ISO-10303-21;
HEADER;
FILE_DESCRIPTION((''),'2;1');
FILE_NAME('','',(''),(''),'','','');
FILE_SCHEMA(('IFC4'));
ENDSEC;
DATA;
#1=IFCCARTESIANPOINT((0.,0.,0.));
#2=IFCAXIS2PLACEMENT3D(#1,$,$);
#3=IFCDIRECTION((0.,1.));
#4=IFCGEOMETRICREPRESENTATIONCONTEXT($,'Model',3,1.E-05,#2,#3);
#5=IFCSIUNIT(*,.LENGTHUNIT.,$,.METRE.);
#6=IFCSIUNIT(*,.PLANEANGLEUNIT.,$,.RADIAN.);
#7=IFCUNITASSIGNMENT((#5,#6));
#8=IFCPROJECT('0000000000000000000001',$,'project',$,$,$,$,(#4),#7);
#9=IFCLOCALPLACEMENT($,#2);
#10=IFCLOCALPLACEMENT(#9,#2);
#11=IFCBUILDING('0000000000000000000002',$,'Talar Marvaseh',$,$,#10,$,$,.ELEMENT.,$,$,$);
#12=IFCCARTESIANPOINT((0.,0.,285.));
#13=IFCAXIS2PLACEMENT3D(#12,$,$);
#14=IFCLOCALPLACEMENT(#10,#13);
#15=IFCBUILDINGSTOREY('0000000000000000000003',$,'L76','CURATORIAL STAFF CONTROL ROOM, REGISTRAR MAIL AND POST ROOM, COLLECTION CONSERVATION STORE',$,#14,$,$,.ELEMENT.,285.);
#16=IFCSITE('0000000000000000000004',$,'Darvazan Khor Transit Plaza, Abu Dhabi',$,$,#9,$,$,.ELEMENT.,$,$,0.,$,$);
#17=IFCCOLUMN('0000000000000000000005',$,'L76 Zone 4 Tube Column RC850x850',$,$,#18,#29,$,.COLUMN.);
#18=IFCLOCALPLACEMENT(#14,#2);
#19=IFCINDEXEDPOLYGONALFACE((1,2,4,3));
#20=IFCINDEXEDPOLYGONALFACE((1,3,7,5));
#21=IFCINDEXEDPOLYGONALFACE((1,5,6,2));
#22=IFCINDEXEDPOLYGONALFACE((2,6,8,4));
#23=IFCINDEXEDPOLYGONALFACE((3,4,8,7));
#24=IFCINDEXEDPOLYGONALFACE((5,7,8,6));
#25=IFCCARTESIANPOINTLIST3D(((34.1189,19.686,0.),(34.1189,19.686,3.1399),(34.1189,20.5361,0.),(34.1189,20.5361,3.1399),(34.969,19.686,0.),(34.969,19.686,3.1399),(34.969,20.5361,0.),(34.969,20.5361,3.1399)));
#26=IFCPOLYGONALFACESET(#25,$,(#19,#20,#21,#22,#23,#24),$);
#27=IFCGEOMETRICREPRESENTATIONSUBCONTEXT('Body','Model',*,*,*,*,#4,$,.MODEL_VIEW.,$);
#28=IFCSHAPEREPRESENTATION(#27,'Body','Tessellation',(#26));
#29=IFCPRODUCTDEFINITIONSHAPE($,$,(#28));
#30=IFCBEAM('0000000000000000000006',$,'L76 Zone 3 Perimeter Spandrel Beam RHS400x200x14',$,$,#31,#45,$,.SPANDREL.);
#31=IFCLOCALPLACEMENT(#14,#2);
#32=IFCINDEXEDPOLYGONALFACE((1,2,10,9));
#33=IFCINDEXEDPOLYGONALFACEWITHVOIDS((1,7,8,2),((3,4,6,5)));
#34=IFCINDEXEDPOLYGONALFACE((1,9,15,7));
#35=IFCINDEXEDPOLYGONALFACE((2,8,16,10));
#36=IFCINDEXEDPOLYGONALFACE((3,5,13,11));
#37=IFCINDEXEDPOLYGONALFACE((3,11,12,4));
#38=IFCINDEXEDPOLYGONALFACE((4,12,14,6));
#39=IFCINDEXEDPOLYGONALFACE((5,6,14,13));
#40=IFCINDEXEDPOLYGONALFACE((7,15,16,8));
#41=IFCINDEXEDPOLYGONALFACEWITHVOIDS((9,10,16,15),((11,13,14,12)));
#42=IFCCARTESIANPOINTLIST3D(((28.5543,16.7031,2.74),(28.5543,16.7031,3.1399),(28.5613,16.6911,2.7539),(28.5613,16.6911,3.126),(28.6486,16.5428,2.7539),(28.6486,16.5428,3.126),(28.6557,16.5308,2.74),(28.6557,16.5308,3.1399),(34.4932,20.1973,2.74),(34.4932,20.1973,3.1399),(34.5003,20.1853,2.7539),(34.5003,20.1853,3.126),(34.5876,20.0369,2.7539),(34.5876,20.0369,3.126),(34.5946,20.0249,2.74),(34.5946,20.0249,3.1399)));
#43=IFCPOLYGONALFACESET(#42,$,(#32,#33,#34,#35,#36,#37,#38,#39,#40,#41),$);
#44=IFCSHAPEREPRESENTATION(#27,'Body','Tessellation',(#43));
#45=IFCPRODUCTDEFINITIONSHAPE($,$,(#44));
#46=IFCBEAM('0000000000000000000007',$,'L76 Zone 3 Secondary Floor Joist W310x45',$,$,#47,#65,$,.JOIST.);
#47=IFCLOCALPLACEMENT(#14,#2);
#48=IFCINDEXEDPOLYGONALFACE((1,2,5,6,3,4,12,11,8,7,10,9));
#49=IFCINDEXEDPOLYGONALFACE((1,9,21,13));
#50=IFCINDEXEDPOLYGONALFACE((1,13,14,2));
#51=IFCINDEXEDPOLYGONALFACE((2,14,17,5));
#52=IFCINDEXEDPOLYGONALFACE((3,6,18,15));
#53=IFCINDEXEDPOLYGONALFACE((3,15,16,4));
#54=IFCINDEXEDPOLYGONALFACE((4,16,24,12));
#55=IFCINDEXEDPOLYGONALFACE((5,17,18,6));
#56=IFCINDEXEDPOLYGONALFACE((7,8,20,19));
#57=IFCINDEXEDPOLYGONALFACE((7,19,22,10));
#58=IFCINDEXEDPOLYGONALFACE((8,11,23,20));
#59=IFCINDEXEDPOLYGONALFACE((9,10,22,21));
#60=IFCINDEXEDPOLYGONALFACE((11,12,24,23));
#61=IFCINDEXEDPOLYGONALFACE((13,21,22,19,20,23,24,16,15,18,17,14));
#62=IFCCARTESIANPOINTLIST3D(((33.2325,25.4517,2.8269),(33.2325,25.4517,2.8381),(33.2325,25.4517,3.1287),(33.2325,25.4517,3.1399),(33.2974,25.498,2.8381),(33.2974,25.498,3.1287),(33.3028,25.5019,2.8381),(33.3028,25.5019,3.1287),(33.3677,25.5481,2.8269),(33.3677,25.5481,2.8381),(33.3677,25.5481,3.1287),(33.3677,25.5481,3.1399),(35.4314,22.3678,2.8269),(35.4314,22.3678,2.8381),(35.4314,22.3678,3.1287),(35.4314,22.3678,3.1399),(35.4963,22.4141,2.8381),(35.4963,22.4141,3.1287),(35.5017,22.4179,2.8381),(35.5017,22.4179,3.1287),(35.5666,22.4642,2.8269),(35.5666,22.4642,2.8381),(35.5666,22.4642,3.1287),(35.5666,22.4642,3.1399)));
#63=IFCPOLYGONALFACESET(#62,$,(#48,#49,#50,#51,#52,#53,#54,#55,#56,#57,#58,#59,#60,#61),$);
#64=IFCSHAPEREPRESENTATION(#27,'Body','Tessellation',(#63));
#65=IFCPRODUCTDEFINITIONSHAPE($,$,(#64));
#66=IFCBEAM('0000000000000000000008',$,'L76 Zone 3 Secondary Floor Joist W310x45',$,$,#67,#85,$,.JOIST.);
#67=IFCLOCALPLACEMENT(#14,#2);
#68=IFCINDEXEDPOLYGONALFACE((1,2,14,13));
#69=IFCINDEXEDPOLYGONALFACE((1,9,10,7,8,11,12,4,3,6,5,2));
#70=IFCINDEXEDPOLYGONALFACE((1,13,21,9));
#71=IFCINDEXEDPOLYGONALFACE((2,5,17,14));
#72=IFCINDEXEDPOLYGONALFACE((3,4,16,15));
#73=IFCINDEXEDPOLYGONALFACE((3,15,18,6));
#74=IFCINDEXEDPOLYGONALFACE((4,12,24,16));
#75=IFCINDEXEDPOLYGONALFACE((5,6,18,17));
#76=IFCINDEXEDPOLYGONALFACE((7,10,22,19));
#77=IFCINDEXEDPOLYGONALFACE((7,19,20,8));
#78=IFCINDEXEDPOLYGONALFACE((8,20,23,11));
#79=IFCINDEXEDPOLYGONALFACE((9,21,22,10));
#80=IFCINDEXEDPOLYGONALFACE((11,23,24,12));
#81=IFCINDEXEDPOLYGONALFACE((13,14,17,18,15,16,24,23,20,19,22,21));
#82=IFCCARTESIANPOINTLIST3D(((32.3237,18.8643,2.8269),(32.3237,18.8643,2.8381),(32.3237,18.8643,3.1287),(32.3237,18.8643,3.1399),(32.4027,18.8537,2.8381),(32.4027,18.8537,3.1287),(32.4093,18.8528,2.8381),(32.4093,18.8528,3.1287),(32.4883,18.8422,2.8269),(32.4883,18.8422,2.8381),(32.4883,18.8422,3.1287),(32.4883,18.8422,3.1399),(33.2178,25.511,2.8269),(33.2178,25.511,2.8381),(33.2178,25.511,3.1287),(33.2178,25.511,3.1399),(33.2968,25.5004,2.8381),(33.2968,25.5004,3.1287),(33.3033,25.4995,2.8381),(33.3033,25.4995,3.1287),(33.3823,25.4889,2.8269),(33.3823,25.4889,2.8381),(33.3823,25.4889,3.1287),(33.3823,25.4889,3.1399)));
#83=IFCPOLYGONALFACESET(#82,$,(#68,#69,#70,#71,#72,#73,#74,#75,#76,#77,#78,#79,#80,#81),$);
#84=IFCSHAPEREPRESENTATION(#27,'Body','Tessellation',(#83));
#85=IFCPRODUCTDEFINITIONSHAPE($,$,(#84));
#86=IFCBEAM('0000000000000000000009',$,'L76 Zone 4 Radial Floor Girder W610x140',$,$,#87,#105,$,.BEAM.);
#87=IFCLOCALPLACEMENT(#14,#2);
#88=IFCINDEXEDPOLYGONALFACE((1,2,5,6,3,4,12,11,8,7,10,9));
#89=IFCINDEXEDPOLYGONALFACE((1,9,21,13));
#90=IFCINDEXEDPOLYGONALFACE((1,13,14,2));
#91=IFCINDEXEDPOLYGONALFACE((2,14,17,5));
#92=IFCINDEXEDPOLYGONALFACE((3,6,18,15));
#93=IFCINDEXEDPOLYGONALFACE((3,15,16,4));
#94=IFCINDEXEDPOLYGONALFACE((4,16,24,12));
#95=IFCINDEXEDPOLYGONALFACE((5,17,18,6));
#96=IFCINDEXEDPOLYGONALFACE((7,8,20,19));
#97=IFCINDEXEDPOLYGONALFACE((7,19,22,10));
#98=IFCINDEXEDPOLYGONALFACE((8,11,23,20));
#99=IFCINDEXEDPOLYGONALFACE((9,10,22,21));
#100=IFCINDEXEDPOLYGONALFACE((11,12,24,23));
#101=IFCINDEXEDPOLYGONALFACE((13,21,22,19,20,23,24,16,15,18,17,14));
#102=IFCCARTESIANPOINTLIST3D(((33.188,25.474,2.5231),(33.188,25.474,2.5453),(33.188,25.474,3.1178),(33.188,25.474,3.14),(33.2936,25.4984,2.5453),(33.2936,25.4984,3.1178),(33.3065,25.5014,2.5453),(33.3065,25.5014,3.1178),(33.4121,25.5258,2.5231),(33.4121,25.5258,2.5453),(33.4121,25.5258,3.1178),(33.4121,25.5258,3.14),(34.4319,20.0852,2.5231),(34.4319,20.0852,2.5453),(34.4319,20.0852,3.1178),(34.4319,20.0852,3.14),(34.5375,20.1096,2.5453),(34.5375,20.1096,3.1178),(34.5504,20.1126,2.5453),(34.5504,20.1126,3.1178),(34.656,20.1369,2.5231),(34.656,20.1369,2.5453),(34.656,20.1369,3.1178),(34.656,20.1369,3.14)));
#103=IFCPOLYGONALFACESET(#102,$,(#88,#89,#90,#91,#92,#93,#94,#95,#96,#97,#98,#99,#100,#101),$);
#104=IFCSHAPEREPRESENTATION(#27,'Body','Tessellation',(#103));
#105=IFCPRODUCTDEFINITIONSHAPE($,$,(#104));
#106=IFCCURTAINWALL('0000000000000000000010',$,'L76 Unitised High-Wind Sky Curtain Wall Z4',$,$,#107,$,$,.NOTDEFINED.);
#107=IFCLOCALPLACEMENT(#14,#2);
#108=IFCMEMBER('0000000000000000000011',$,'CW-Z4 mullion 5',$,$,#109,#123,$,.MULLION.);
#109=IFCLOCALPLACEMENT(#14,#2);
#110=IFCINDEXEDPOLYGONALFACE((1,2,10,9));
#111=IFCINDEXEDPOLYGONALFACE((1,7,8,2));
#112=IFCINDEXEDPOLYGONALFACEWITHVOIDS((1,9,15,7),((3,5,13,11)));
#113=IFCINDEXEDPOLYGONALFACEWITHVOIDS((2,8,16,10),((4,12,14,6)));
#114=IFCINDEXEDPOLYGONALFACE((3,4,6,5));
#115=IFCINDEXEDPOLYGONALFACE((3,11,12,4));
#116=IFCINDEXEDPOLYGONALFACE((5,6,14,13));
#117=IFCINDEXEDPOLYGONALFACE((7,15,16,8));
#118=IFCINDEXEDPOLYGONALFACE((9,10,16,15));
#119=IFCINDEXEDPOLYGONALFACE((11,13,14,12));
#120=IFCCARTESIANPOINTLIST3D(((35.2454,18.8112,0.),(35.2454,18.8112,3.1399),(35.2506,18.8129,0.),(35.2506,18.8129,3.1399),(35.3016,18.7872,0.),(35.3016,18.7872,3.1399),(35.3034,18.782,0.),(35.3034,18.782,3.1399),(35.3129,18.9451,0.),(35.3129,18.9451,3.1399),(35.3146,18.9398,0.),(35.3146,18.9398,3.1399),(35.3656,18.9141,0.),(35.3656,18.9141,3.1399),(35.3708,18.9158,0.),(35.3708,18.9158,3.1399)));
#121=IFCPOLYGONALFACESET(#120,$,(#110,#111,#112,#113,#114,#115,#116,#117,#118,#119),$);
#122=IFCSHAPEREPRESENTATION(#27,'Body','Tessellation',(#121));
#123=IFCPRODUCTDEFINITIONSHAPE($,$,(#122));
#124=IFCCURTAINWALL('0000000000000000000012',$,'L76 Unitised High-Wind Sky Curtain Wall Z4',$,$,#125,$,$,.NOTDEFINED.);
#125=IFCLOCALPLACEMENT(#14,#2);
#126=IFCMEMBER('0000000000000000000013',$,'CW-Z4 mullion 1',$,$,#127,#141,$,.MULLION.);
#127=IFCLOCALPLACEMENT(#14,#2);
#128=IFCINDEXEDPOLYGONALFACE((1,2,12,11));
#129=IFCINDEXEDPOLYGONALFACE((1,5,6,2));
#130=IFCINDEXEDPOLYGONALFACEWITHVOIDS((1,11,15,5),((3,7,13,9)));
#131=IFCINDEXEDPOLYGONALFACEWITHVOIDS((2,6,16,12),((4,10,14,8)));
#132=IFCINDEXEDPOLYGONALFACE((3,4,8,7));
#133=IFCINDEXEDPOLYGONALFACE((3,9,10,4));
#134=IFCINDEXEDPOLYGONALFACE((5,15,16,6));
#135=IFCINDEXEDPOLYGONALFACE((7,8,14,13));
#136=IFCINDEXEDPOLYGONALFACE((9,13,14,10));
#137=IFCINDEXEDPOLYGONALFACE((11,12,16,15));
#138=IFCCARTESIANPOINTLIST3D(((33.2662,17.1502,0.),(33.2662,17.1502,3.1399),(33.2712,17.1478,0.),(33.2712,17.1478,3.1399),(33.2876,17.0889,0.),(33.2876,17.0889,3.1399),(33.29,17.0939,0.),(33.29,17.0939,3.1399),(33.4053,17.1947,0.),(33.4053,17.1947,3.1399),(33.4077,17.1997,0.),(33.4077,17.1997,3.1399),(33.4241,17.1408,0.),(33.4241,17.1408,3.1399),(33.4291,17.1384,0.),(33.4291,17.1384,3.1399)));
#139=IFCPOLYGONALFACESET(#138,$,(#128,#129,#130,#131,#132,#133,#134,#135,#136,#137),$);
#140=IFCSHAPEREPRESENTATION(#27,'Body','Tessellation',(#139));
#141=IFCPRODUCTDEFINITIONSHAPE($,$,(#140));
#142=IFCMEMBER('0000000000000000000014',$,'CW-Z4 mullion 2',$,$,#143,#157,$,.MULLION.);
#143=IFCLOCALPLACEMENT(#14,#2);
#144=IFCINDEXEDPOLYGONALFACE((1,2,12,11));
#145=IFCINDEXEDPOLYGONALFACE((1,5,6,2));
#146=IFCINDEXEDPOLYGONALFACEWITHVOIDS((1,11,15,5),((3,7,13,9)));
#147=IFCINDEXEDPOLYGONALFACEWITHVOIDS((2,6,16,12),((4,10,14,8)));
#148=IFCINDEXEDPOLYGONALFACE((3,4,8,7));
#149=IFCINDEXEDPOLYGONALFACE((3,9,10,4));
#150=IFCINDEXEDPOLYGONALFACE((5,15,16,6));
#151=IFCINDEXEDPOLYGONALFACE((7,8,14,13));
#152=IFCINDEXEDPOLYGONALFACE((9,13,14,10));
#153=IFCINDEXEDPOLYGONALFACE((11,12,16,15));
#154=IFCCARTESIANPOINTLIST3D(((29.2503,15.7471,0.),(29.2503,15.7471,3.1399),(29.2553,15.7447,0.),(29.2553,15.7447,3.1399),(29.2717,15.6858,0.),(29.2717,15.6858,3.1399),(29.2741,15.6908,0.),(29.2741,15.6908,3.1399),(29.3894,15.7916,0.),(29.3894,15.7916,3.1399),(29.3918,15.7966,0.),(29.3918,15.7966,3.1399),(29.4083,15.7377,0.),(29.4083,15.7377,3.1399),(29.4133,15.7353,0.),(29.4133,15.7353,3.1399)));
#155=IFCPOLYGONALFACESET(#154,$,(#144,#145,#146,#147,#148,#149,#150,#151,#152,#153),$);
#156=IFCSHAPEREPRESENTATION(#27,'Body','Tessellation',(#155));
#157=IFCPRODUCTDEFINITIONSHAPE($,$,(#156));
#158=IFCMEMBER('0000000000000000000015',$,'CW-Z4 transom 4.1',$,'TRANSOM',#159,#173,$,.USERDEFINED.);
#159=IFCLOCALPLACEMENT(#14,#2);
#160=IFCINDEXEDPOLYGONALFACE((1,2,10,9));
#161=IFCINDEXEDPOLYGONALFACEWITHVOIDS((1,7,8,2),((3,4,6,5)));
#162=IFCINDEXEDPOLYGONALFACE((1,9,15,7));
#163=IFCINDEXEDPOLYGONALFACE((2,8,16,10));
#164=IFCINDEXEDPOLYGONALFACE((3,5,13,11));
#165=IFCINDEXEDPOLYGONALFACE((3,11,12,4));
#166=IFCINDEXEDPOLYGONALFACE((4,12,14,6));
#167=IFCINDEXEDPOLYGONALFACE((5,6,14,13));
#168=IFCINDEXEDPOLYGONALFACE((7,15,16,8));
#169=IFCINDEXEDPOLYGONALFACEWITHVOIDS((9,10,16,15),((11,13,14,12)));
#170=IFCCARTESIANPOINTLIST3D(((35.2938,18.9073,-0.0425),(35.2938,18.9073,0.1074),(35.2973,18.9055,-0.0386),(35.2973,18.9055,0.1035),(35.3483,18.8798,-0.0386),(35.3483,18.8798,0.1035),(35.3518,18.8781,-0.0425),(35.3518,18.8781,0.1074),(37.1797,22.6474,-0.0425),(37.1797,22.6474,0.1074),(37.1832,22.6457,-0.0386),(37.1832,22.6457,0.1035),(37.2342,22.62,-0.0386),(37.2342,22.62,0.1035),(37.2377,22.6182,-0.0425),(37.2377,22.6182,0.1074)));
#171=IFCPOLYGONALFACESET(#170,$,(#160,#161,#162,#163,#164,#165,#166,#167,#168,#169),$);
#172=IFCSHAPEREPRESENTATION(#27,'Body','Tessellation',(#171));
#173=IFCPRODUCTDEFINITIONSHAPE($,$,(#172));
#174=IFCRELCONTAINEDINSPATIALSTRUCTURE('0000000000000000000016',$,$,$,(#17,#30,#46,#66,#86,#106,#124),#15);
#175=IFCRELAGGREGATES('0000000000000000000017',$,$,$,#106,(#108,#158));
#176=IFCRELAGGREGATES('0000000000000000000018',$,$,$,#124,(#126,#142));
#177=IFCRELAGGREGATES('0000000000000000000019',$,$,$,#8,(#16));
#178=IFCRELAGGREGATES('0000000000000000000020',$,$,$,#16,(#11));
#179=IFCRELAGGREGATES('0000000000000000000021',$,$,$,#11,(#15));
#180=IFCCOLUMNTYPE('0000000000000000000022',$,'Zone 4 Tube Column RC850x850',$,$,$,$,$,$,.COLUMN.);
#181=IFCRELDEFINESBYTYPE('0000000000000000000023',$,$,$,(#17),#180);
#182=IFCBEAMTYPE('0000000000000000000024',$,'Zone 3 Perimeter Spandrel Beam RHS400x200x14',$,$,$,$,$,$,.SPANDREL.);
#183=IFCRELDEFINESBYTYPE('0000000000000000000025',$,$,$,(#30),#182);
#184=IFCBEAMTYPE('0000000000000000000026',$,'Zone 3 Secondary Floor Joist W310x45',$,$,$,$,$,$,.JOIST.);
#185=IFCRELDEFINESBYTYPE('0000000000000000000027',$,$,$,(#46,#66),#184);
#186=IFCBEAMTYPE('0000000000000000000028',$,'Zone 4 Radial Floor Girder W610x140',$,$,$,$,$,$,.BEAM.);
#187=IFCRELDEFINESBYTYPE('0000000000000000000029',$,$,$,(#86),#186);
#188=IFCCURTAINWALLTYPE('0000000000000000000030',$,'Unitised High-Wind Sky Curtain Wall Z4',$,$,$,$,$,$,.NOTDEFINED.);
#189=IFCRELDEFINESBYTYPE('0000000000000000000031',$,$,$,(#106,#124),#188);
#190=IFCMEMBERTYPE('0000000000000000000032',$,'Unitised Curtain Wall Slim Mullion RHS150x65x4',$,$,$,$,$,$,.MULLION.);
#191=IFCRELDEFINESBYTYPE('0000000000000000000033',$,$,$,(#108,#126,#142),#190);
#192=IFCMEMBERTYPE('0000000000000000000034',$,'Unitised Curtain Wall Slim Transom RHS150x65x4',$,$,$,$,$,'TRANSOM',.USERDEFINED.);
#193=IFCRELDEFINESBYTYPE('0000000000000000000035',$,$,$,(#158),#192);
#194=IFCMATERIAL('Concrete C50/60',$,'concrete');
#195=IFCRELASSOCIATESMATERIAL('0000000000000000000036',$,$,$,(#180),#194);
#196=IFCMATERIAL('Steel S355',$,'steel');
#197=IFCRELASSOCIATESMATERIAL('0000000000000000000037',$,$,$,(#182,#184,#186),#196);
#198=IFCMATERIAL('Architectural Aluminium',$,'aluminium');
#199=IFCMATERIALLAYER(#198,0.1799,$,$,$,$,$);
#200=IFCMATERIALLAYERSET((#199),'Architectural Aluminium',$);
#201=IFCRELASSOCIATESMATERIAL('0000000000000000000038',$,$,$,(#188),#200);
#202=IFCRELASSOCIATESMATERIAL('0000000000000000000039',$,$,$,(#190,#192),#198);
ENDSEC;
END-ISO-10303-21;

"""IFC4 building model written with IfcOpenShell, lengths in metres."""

from ifc_helpers import new_model, si_unit, direction, frame, origin, origin_2d, place, context, subcontext, project, spatial, rectangle, hollow_rectangle, i_section, extrude, source, transform, mapped, material, layer, layer_set, material_profile, profile_set, type_object, type_shapes, element, aggregate, save


model = new_model("IFC4")

# Units and contexts
model_context = context("Model", 3, precision=1e-05, world=origin(), true_north=direction((0.0, 1.0)))
body_context = subcontext(model_context, "Body", "Model", "MODEL_VIEW")
ifc_project = project(units=[si_unit("LENGTHUNIT", "METRE"), si_unit("PLANEANGLEUNIT", "RADIAN")], contexts=[model_context])

# Site, building, storey
site_placement = place(None, origin())
site = spatial("IfcSite", under=ifc_project, at=site_placement, Name="Darvazan Khor Transit Plaza, Abu Dhabi", CompositionType="ELEMENT", RefElevation=0.0)
building_placement = place(site_placement, origin())
building = spatial("IfcBuilding", under=site, at=building_placement, Name="Talar Marvaseh", CompositionType="ELEMENT")
storey_placement = place(building_placement, frame((0.0, 0.0, 285.0)))
storey = spatial("IfcBuildingStorey", under=building, at=storey_placement, Name="L76", Description="CURATORIAL STAFF CONTROL ROOM, REGISTRAR MAIL AND POST ROOM, COLLECTION CONSERVATION STORE", CompositionType="ELEMENT", Elevation=285.0)

# Column
ifc_material_1 = material(Name="Concrete C50/60", Category="concrete")
ifc_material_profile_1 = material_profile(ifc_material_1, rectangle(XDim=0.8501, YDim=0.8501, at=origin_2d()), Name="RC850x850")
ifc_profile_set_1 = profile_set([ifc_material_profile_1], Name="Concrete C50/60")
column_type = type_object("IfcColumnType", Name="Zone 4 Tube Column RC850x850", PredefinedType="COLUMN", material=ifc_profile_set_1)
column_placement = place(storey_placement, frame((34.5439, 20.1111, 0.0), z_axis=(0.0, 0.0, 1.0), x_axis=(1.0, 0.0, 0.0)))
element("IfcColumn", 1, at=column_placement, inside=storey, type_object=column_type, Name="L76 Zone 4 Tube Column RC850x850", PredefinedType="COLUMN", context=body_context, shape_type="SweptSolid", body=[
    extrude(rectangle(XDim=0.8501, YDim=0.8501, at=origin_2d()), origin(), (0.0, 0.0, 1.0), 3.1399),
])

# Beams
ifc_material_2 = material(Name="Steel S355", Category="steel")
ifc_material_profile_2 = material_profile(ifc_material_2, hollow_rectangle(XDim=0.2, YDim=0.3999, WallThickness=0.0139, at=origin_2d()), Name="RHS400x200x14")
ifc_profile_set_2 = profile_set([ifc_material_profile_2], Name="Steel S355")
beam_type_1 = type_object("IfcBeamType", Name="Zone 3 Perimeter Spandrel Beam RHS400x200x14", PredefinedType="SPANDREL", material=ifc_profile_set_2)
beam_1_placement = place(storey_placement, frame((34.5439, 20.1111, 2.9399), z_axis=(-0.861894, -0.507088, 0.0), x_axis=(0.507088, -0.861894, 0.0)))
element("IfcBeam", 2, at=beam_1_placement, inside=storey, type_object=beam_type_1, Name="L76 Zone 3 Perimeter Spandrel Beam RHS400x200x14", PredefinedType="SPANDREL", context=body_context, shape_type="SweptSolid", body=[
    extrude(hollow_rectangle(XDim=0.2, YDim=0.3999, WallThickness=0.0139, at=origin_2d()), origin(), (0.0, 0.0, 1.0), 6.8906),
])
ifc_material_profile_3 = material_profile(ifc_material_2, i_section(OverallWidth=0.166, OverallDepth=0.313, WebThickness=0.0066, FlangeThickness=0.0112, at=origin_2d()), Name="W310x45")
ifc_profile_set_3 = profile_set([ifc_material_profile_3], Name="Steel S355")
beam_type_2 = type_object("IfcBeamType", Name="Zone 3 Secondary Floor Joist W310x45", PredefinedType="JOIST", material=ifc_profile_set_3)
beam_2_placement = place(storey_placement, frame((35.499, 22.416, 2.9834), z_axis=(-0.580561, 0.814217, 0.0), x_axis=(-0.814217, -0.580561, 0.0)))
element("IfcBeam", 3, at=beam_2_placement, inside=storey, type_object=beam_type_2, Name="L76 Zone 3 Secondary Floor Joist W310x45", PredefinedType="JOIST", context=body_context, shape_type="SweptSolid", body=[
    extrude(i_section(OverallWidth=0.166, OverallDepth=0.313, WebThickness=0.0066, FlangeThickness=0.0112, at=origin_2d()), origin(), (0.0, 0.0, 1.0), 3.7876),
])
beam_3_placement = place(storey_placement, frame((32.406, 18.8533, 2.9834), z_axis=(0.133308, 0.991075, 0.0), x_axis=(-0.991075, 0.133308, 0.0)))
element("IfcBeam", 4, at=beam_3_placement, inside=storey, type_object=beam_type_2, Name="L76 Zone 3 Secondary Floor Joist W310x45", PredefinedType="JOIST", context=body_context, shape_type="SweptSolid", body=[
    extrude(i_section(OverallWidth=0.166, OverallDepth=0.313, WebThickness=0.0066, FlangeThickness=0.0112, at=origin_2d()), origin(), (0.0, 0.0, 1.0), 6.7065),
])
ifc_material_profile_4 = material_profile(ifc_material_2, i_section(OverallWidth=0.23, OverallDepth=0.6169, WebThickness=0.0132, FlangeThickness=0.0222, at=origin_2d()), Name="W610x140")
ifc_profile_set_4 = profile_set([ifc_material_profile_4], Name="Steel S355")
beam_type_3 = type_object("IfcBeamType", Name="Zone 4 Radial Floor Girder W610x140", PredefinedType="BEAM", material=ifc_profile_set_4)
beam_4_placement = place(storey_placement, frame((34.5439, 20.1111, 2.8315), z_axis=(-0.224911, 0.974379, 0.0), x_axis=(-0.974379, -0.224911, 0.0)))
element("IfcBeam", 5, at=beam_4_placement, inside=storey, type_object=beam_type_3, Name="L76 Zone 4 Radial Floor Girder W610x140", PredefinedType="BEAM", context=body_context, shape_type="SweptSolid", body=[
    extrude(i_section(OverallWidth=0.23, OverallDepth=0.6169, WebThickness=0.0132, FlangeThickness=0.0222, at=origin_2d()), origin(), (0.0, 0.0, 1.0), 5.5305),
])

# Curtain wall, member
ifc_material_3 = material(Name="Architectural Aluminium", Category="aluminium")
ifc_layer_1 = layer(ifc_material_3, 0.1799)
ifc_layer_set_1 = layer_set([ifc_layer_1], Name="Architectural Aluminium")
curtain_wall_type = type_object("IfcCurtainWallType", Name="Unitised High-Wind Sky Curtain Wall Z4", PredefinedType="NOTDEFINED", material=ifc_layer_set_1)
curtain_wall_1_placement = place(storey_placement, origin())
curtain_wall_1 = element("IfcCurtainWall", 6, at=curtain_wall_1_placement, inside=storey, type_object=curtain_wall_type, Name="L76 Unitised High-Wind Sky Curtain Wall Z4", PredefinedType="NOTDEFINED")
ifc_material_profile_5 = material_profile(ifc_material_3, hollow_rectangle(XDim=0.0649, YDim=0.1499, WallThickness=0.0039, at=origin_2d()), Name="RHS150x65x4")
ifc_profile_set_5 = profile_set([ifc_material_profile_5], Name="Architectural Aluminium")
member_type_1 = type_object("IfcMemberType", Name="Unitised Curtain Wall Slim Mullion RHS150x65x4", PredefinedType="MULLION", material=ifc_profile_set_5)
shared_shape_1 = source(origin(), body_context, "Body", "SweptSolid", [
    extrude(hollow_rectangle(XDim=0.0649, YDim=0.1499, WallThickness=0.0039, at=origin_2d()), origin(), (0.0, 0.0, 1.0), 3.1399),
])
type_shapes(member_type_1, [shared_shape_1])
member_1_placement = place(storey_placement, frame((35.3081, 18.8635, 0.0), z_axis=(0.0, 0.0, 1.0), x_axis=(0.892909, -0.450237, 0.0)))
member_1 = element("IfcMember", 7, at=member_1_placement, type_object=member_type_1, Name="CW-Z4 mullion 5", PredefinedType="MULLION", context=body_context, shape_type="MappedRepresentation", body=[
    mapped(shared_shape_1, transform((0.0, 0.0, 0.0), x_axis=(1.0, 0.0, 0.0), y_axis=(0.0, 1.0, 0.0), z_axis=(0.0, 0.0, 1.0), scale=1.0)),
])

# Curtain wall, members
curtain_wall_2_placement = place(storey_placement, origin())
curtain_wall_2 = element("IfcCurtainWall", 8, at=curtain_wall_2_placement, inside=storey, type_object=curtain_wall_type, Name="L76 Unitised High-Wind Sky Curtain Wall Z4", PredefinedType="NOTDEFINED")
member_2_placement = place(storey_placement, frame((33.3477, 17.1443, 0.0), z_axis=(0.0, 0.0, 1.0), x_axis=(0.329838, -0.944038, 0.0)))
member_2 = element("IfcMember", 9, at=member_2_placement, type_object=member_type_1, Name="CW-Z4 mullion 1", PredefinedType="MULLION", context=body_context, shape_type="MappedRepresentation", body=[
    mapped(shared_shape_1, transform((0.0, 0.0, 0.0), x_axis=(1.0, 0.0, 0.0), y_axis=(0.0, 1.0, 0.0), z_axis=(0.0, 0.0, 1.0), scale=1.0)),
])
member_3_placement = place(storey_placement, frame((29.3318, 15.7412, 0.0), z_axis=(0.0, 0.0, 1.0), x_axis=(0.329838, -0.944038, 0.0)))
member_3 = element("IfcMember", 10, at=member_3_placement, type_object=member_type_1, Name="CW-Z4 mullion 2", PredefinedType="MULLION", context=body_context, shape_type="MappedRepresentation", body=[
    mapped(shared_shape_1, transform((0.0, 0.0, 0.0), x_axis=(1.0, 0.0, 0.0), y_axis=(0.0, 1.0, 0.0), z_axis=(0.0, 0.0, 1.0), scale=1.0)),
])

# Member
ifc_material_profile_6 = material_profile(ifc_material_3, hollow_rectangle(XDim=0.0649, YDim=0.1499, WallThickness=0.0039, at=origin_2d()), Name="RHS150x65x4")
ifc_profile_set_6 = profile_set([ifc_material_profile_6], Name="Architectural Aluminium")
member_type_2 = type_object("IfcMemberType", Name="Unitised Curtain Wall Slim Transom RHS150x65x4", ElementType="TRANSOM", PredefinedType="USERDEFINED", material=ifc_profile_set_6)
shared_shape_2 = source(origin(), body_context, "Body", "SweptSolid", [
    extrude(hollow_rectangle(XDim=0.0649, YDim=0.1499, WallThickness=0.0039, at=origin_2d()), origin(), (0.0, 0.0, 1.0), 4.1887),
])
type_shapes(member_type_2, [shared_shape_2])
member_4_placement = place(storey_placement, frame((37.2087, 22.6328, 0.0325), z_axis=(-0.450242, -0.892907, 0.0), x_axis=(0.892907, -0.450242, 0.0)))
member_4 = element("IfcMember", 11, at=member_4_placement, type_object=member_type_2, Name="CW-Z4 transom 4.1", ObjectType="TRANSOM", PredefinedType="USERDEFINED", context=body_context, shape_type="MappedRepresentation", body=[
    mapped(shared_shape_2, transform((0.0, 0.0, 0.0), x_axis=(1.0, 0.0, 0.0), y_axis=(0.0, 1.0, 0.0), z_axis=(0.0, 0.0, 1.0), scale=1.0)),
])

aggregate(curtain_wall_1, [member_1, member_4])
aggregate(curtain_wall_2, [member_2, member_3])

save(model, "model.ifc")
